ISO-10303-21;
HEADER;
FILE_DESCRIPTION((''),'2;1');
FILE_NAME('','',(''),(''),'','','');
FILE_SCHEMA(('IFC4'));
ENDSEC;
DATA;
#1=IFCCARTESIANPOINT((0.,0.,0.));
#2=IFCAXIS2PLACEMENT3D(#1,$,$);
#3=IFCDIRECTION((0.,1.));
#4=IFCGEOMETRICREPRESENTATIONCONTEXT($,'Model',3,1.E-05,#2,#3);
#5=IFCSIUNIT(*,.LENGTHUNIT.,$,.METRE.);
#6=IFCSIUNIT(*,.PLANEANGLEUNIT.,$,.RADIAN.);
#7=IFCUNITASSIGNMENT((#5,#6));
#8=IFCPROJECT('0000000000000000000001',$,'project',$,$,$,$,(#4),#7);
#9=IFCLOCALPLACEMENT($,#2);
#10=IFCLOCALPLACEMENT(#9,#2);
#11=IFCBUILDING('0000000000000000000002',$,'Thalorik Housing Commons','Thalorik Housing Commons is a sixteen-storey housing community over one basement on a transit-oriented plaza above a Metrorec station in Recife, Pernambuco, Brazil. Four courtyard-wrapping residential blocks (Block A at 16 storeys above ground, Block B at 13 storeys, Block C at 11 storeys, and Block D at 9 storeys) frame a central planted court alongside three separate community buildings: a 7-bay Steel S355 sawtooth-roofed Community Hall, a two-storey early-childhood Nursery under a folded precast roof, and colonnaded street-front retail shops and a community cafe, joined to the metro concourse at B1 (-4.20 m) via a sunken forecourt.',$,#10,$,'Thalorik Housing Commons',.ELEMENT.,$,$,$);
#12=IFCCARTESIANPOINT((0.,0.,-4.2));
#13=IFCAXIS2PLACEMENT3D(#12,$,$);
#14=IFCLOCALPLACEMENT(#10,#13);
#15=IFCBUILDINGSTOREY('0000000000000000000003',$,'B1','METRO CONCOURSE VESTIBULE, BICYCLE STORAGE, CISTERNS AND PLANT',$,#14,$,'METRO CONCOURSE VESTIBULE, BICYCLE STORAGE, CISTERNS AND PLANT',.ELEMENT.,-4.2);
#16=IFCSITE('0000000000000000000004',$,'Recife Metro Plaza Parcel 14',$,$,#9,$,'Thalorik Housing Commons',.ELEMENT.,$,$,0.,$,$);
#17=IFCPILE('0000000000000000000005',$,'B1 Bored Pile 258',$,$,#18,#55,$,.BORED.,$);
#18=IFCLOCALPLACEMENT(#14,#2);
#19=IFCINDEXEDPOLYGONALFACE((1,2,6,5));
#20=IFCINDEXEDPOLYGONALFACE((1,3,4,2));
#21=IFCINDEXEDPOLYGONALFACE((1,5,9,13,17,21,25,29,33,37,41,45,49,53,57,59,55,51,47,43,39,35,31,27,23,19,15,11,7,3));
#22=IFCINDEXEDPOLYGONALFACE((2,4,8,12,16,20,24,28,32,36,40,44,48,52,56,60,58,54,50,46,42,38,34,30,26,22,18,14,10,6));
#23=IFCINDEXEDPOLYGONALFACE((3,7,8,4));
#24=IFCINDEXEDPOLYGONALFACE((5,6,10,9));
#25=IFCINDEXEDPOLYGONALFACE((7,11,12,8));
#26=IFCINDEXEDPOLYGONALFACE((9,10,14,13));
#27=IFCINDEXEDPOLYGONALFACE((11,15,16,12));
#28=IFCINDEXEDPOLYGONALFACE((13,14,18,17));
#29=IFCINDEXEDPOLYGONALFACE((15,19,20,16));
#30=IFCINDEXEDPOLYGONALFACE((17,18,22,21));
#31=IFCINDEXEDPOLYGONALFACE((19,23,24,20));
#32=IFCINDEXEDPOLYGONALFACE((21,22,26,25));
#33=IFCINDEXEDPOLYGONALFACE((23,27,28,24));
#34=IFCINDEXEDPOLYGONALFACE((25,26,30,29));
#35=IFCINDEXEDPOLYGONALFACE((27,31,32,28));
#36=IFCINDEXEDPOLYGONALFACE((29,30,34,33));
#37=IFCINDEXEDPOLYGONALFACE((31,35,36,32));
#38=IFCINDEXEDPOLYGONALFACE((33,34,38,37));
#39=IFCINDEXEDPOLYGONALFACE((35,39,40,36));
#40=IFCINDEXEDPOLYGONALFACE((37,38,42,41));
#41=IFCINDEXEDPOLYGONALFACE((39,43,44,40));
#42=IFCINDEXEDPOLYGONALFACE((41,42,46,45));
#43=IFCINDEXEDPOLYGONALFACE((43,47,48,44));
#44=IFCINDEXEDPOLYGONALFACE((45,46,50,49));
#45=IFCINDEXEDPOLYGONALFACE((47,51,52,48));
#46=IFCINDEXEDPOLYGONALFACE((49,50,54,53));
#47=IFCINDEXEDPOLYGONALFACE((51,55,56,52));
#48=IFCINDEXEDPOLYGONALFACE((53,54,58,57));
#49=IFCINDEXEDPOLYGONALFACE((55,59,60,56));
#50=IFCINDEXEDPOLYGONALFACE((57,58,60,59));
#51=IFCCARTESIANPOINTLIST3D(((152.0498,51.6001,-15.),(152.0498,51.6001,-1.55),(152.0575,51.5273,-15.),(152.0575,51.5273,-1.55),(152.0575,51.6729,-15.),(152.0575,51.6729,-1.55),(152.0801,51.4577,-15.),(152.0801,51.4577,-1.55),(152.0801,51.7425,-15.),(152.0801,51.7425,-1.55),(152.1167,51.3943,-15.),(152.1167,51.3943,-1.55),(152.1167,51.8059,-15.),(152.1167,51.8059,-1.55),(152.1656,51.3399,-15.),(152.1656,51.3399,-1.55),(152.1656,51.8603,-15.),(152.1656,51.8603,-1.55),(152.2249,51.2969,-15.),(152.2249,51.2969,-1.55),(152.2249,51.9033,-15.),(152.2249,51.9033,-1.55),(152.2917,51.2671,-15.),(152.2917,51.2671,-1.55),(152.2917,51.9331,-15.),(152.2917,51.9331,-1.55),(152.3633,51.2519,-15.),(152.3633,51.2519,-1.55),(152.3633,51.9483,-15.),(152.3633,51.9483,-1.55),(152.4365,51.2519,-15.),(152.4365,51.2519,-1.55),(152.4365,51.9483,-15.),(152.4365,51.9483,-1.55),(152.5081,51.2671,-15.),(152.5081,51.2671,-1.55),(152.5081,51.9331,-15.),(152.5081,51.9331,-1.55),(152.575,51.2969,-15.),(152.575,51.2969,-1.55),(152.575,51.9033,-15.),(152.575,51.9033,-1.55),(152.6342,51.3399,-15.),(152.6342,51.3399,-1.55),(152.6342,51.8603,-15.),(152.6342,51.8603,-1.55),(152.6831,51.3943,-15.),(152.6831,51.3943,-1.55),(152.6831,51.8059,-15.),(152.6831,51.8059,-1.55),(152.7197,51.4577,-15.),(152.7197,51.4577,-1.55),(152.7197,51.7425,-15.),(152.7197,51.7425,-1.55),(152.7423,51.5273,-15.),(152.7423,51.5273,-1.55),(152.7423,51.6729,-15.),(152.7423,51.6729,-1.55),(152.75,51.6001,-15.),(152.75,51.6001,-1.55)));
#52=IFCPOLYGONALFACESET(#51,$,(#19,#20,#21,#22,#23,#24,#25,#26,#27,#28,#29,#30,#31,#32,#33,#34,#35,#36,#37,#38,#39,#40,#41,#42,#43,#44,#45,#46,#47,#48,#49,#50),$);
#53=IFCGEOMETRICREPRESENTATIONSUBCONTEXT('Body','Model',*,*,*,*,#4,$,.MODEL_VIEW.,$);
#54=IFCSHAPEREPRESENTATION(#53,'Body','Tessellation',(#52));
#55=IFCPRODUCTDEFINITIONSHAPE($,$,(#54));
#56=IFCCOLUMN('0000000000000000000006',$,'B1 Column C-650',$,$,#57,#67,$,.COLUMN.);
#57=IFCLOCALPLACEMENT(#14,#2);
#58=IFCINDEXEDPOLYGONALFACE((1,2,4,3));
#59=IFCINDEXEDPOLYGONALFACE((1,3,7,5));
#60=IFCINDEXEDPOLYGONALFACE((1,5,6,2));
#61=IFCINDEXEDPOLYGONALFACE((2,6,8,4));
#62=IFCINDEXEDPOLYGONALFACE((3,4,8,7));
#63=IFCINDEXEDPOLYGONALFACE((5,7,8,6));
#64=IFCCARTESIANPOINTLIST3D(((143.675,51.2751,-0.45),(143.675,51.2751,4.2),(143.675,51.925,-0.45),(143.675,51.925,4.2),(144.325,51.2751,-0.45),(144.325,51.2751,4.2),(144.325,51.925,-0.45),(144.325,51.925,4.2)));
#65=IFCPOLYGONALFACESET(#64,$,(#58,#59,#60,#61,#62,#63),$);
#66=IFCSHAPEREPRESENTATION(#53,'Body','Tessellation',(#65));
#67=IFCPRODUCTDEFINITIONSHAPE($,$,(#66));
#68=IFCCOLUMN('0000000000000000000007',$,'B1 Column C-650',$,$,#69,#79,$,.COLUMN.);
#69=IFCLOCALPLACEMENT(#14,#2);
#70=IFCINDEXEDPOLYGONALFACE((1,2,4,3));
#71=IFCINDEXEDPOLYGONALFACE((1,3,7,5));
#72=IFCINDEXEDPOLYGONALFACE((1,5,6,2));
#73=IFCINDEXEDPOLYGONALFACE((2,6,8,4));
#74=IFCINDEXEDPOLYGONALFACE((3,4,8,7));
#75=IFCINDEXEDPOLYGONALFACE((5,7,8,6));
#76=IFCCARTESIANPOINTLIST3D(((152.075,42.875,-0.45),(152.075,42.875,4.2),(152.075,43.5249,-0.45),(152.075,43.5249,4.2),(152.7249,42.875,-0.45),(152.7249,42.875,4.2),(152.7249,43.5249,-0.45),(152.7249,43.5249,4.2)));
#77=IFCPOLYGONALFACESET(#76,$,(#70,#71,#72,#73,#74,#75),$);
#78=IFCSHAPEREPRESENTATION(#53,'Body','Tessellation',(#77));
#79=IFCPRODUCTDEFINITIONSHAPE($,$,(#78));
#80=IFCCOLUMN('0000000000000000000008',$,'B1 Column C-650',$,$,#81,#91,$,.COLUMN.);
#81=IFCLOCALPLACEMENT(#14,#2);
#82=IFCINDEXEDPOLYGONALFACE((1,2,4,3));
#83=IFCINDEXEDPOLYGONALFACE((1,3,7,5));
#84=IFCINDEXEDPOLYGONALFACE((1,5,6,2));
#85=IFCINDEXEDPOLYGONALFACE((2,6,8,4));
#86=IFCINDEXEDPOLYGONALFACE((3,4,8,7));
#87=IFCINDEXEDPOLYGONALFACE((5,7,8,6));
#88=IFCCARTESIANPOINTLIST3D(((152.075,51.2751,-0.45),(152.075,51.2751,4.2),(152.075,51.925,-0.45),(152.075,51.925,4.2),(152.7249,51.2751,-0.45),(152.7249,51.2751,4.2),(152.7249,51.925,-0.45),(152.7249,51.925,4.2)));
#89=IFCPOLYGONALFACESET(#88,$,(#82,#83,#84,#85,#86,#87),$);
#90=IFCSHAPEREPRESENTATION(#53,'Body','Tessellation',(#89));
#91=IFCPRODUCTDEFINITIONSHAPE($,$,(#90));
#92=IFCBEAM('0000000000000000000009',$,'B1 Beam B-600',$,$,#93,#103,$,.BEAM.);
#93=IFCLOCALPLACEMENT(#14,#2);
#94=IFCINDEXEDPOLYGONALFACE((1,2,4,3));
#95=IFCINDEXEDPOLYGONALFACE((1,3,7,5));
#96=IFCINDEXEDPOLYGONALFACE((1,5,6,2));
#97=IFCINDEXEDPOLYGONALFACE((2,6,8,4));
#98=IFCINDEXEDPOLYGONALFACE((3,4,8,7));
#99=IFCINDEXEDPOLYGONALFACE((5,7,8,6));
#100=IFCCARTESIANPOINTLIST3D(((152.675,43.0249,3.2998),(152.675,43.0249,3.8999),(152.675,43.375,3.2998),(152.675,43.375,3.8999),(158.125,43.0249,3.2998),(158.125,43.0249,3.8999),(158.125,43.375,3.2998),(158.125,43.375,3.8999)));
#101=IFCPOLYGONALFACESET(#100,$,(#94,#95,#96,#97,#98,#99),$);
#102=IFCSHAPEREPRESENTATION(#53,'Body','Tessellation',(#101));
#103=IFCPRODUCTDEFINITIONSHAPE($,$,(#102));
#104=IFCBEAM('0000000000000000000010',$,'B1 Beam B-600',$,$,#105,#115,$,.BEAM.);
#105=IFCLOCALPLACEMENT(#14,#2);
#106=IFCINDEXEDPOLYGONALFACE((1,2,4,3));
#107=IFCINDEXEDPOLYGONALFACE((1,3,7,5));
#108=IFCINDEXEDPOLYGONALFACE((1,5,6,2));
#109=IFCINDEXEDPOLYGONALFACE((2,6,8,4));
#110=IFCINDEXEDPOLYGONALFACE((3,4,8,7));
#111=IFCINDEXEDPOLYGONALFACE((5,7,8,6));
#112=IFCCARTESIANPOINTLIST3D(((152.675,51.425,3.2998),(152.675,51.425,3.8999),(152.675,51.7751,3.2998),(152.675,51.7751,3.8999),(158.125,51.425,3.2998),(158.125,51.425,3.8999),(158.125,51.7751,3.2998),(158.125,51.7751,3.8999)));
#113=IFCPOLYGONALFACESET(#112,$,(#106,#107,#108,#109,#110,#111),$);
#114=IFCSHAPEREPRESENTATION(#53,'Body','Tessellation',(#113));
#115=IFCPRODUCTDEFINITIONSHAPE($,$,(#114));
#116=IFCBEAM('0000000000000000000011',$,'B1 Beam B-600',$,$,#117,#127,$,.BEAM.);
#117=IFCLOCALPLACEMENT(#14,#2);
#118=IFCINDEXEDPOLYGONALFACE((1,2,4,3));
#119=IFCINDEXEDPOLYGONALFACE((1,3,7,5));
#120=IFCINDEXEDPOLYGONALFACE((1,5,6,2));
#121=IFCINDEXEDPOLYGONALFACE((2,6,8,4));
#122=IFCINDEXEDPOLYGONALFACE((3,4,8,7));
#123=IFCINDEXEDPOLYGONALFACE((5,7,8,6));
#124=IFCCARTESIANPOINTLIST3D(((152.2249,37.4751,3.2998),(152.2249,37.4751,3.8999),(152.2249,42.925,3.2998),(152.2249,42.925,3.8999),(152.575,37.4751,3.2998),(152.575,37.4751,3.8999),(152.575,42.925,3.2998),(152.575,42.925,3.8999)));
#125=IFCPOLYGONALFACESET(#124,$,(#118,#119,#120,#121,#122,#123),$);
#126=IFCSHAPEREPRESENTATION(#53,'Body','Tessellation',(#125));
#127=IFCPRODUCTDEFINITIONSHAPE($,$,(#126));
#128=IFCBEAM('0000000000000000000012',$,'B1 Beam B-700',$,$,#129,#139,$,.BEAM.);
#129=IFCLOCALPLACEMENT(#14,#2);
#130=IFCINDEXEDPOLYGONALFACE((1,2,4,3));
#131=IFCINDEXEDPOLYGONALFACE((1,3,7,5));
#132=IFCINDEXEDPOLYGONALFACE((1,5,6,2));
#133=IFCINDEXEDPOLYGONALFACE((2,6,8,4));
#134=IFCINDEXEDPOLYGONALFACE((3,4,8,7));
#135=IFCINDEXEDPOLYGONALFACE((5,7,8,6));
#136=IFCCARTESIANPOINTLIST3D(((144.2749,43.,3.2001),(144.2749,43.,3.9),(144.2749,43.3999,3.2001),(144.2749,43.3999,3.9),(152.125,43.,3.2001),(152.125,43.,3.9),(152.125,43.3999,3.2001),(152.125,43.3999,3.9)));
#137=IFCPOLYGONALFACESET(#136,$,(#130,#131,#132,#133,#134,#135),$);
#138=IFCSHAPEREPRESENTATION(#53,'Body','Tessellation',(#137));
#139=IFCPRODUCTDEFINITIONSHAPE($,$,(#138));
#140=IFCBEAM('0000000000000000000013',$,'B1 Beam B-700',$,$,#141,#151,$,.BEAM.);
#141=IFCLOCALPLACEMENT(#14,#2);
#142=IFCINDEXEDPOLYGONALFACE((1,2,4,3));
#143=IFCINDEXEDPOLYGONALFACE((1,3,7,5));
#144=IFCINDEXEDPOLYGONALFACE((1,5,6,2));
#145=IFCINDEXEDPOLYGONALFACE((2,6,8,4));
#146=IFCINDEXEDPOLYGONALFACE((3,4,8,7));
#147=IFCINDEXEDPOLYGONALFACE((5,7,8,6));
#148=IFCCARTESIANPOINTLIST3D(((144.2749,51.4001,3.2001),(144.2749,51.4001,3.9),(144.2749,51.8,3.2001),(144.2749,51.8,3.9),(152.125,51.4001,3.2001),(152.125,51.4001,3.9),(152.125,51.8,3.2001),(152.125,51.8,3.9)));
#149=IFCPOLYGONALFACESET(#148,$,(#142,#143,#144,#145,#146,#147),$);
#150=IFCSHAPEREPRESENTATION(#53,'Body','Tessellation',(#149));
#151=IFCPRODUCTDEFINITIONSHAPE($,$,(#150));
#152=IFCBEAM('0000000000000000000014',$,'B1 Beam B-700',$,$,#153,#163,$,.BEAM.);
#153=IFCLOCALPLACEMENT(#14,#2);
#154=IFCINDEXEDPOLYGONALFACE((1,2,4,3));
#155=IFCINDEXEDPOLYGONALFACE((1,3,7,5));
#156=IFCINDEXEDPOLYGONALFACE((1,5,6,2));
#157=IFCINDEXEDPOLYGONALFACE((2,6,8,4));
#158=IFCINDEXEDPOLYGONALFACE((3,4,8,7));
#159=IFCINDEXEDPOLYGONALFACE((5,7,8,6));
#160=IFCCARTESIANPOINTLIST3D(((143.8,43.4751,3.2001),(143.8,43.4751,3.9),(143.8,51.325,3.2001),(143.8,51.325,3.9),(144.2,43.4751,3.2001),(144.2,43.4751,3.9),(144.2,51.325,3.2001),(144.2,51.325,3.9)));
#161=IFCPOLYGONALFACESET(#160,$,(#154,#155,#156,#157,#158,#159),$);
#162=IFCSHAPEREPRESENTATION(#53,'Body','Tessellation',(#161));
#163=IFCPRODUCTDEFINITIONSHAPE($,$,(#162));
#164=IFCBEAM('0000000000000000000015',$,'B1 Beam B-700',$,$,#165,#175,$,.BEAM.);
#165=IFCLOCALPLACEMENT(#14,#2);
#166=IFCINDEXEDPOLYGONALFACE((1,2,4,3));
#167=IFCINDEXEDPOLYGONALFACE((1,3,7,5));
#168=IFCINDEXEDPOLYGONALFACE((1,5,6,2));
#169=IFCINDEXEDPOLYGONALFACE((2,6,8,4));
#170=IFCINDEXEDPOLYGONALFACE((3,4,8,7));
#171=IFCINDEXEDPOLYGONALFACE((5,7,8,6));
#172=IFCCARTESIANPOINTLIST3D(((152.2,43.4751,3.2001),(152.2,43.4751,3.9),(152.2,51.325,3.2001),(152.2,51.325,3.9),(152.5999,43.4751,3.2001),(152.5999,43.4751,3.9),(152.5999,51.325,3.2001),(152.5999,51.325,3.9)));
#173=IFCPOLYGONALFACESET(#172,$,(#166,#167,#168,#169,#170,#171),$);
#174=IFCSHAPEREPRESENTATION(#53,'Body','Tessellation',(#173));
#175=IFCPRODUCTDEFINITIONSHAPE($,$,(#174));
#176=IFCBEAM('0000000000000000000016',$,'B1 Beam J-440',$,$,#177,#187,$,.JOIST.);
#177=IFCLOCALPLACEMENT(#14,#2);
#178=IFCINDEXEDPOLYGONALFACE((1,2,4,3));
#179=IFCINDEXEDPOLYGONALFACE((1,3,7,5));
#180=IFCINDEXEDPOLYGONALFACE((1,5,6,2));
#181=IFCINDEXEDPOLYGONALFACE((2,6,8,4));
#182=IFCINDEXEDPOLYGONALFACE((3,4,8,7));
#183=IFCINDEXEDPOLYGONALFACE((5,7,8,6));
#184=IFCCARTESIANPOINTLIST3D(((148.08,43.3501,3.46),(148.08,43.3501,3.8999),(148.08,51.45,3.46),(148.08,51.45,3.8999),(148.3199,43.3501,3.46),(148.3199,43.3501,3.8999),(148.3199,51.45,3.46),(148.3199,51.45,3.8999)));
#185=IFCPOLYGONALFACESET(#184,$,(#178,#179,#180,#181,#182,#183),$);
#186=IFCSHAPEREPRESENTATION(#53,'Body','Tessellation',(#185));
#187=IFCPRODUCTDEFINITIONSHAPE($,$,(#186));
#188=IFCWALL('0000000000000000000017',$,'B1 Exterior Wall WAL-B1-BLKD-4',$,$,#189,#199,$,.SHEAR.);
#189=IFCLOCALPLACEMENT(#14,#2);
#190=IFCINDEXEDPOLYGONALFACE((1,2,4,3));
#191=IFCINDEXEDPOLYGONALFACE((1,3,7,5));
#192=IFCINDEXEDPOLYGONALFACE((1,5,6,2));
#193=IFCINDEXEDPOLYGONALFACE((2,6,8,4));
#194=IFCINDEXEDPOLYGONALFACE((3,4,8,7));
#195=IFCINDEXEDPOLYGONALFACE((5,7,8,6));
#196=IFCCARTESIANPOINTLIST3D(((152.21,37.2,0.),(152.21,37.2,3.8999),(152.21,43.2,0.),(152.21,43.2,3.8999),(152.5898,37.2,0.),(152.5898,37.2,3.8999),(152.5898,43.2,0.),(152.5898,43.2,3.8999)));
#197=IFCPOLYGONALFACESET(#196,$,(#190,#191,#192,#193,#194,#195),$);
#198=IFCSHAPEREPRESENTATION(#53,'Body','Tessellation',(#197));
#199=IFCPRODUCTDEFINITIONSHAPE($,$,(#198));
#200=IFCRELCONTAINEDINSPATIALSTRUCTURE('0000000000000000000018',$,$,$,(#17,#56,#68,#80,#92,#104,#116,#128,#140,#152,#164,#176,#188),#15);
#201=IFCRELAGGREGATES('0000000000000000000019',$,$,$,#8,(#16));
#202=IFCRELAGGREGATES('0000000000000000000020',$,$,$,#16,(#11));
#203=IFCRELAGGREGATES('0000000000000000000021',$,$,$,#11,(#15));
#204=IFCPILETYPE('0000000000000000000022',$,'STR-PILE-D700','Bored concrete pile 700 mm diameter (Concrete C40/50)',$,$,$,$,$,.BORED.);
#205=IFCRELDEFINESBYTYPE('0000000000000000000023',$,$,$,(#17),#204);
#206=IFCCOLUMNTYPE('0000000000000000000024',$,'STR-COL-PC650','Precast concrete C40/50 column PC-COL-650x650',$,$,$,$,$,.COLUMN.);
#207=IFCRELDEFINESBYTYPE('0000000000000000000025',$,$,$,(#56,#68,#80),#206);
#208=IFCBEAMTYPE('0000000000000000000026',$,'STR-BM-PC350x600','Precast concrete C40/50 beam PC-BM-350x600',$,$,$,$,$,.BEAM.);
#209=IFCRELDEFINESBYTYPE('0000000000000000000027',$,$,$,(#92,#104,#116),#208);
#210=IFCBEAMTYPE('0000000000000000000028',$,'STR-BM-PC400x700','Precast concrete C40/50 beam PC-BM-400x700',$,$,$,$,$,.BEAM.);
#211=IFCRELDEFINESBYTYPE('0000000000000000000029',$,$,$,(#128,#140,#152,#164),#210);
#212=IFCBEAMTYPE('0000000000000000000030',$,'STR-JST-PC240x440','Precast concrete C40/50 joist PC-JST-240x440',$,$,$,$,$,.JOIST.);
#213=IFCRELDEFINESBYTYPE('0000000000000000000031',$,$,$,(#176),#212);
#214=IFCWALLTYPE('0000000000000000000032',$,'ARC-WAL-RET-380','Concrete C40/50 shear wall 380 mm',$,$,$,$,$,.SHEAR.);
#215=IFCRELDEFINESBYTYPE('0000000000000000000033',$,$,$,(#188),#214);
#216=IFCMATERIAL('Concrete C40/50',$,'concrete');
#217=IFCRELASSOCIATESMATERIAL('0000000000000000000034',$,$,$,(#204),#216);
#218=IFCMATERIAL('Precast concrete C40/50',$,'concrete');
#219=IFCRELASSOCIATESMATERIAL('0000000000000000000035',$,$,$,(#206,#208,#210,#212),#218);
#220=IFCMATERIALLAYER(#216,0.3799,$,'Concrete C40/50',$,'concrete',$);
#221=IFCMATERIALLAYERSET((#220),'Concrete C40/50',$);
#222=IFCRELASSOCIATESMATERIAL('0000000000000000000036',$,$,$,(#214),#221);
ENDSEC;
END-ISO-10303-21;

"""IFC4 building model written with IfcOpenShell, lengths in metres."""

from ifc_helpers import new_model, si_unit, direction, frame, frame_2d, origin, origin_2d, place, context, subcontext, project, spatial, rectangle, circle, extrude, material, layer, layer_set, material_profile, profile_set, type_object, element, save


model = new_model("IFC4")

# Units and contexts
model_context = context("Model", 3, precision=1e-05, world=origin(), true_north=direction((0.0, 1.0)))
body_context = subcontext(model_context, "Body", "Model", "MODEL_VIEW")
ifc_project = project(units=[si_unit("LENGTHUNIT", "METRE"), si_unit("PLANEANGLEUNIT", "RADIAN")], contexts=[model_context])

# Site, building, storey
site_placement = place(None, origin())
site = spatial("IfcSite", under=ifc_project, at=site_placement, Name="Recife Metro Plaza Parcel 14", LongName="Thalorik Housing Commons", CompositionType="ELEMENT", RefElevation=0.0)
building_placement = place(site_placement, origin())
building = spatial("IfcBuilding", under=site, at=building_placement, Name="Thalorik Housing Commons", Description="Thalorik Housing Commons is a sixteen-storey housing community over one basement on a transit-oriented plaza above a Metrorec station in Recife, Pernambuco, Brazil. Four courtyard-wrapping residential blocks (Block A at 16 storeys above ground, Block B at 13 storeys, Block C at 11 storeys, and Block D at 9 storeys) frame a central planted court alongside three separate community buildings: a 7-bay Steel S355 sawtooth-roofed Community Hall, a two-storey early-childhood Nursery under a folded precast roof, and colonnaded street-front retail shops and a community cafe, joined to the metro concourse at B1 (-4.20 m) via a sunken forecourt.", LongName="Thalorik Housing Commons", CompositionType="ELEMENT")
storey_placement = place(building_placement, frame((0.0, 0.0, -4.2)))
storey = spatial("IfcBuildingStorey", under=building, at=storey_placement, Name="B1", Description="METRO CONCOURSE VESTIBULE, BICYCLE STORAGE, CISTERNS AND PLANT", LongName="METRO CONCOURSE VESTIBULE, BICYCLE STORAGE, CISTERNS AND PLANT", CompositionType="ELEMENT", Elevation=-4.2)

# Shared definitions
ifc_material_1 = material(Name="Concrete C40/50", Category="concrete")

# Pile
ifc_material_profile_1 = material_profile(ifc_material_1, circle(Radius=0.3501, at=origin_2d()), Name="BORED PILE D700", Category="concrete")
ifc_profile_set_1 = profile_set([ifc_material_profile_1], Name="Concrete C40/50")
pile_type = type_object("IfcPileType", Name="STR-PILE-D700", Description="Bored concrete pile 700 mm diameter (Concrete C40/50)", PredefinedType="BORED", material=ifc_profile_set_1)
for number, where, z_axis, x_axis, name in (
    (1, (152.3999, 51.6001, -1.55), (0.0, 0.0, -1.0), (1.0, 0.0, 0.0), "B1 Bored Pile 258"),
):
    element("IfcPile", number, at=place(storey_placement, frame(where, z_axis=z_axis, x_axis=x_axis)), inside=storey, type_object=pile_type, Name=name, PredefinedType="BORED", context=body_context, shape_type="SweptSolid", body=[
        extrude(circle(Radius=0.3501, at=origin_2d()), origin(), (0.0, 0.0, 1.0), 13.45),
    ])

# Columns
ifc_material_2 = material(Name="Precast concrete C40/50", Category="concrete")
ifc_material_profile_2 = material_profile(ifc_material_2, rectangle(XDim=0.6499, YDim=0.6499, at=origin_2d()), Name="PC 650x650", Category="concrete")
ifc_profile_set_2 = profile_set([ifc_material_profile_2], Name="Precast concrete C40/50")
column_type = type_object("IfcColumnType", Name="STR-COL-PC650", Description="Precast concrete C40/50 column PC-COL-650x650", PredefinedType="COLUMN", material=ifc_profile_set_2)
for number, where, z_axis, x_axis, name in (
    (2, (144.0, 51.6001, -0.45), (0.0, 0.0, 1.0), (1.0, 0.0, 0.0), "B1 Column C-650"),
    (3, (152.3999, 43.2, -0.45), (0.0, 0.0, 1.0), (1.0, 0.0, 0.0), "B1 Column C-650"),
    (4, (152.3999, 51.6001, -0.45), (0.0, 0.0, 1.0), (1.0, 0.0, 0.0), "B1 Column C-650"),
):
    element("IfcColumn", number, at=place(storey_placement, frame(where, z_axis=z_axis, x_axis=x_axis)), inside=storey, type_object=column_type, Name=name, PredefinedType="COLUMN", context=body_context, shape_type="SweptSolid", body=[
        extrude(rectangle(XDim=0.6499, YDim=0.6499, at=origin_2d()), origin(), (0.0, 0.0, 1.0), 4.6499),
    ])

# Beams
ifc_material_profile_3 = material_profile(ifc_material_2, rectangle(XDim=0.3501, YDim=0.6001, at=origin_2d()), Name="PC 350x600", Category="concrete")
ifc_profile_set_3 = profile_set([ifc_material_profile_3], Name="Precast concrete C40/50")
beam_type_1 = type_object("IfcBeamType", Name="STR-BM-PC350x600", Description="Precast concrete C40/50 beam PC-BM-350x600", PredefinedType="BEAM", material=ifc_profile_set_3)
for number, where, z_axis, x_axis, name in (
    (5, (152.675, 43.2, 3.5999), (1.0, 0.0, 0.0), (0.0, 1.0, 0.0), "B1 Beam B-600"),
    (6, (152.675, 51.6001, 3.5999), (1.0, 0.0, 0.0), (0.0, 1.0, 0.0), "B1 Beam B-600"),
    (7, (152.3999, 37.4751, 3.5999), (0.0, 1.0, 0.0), (-1.0, 0.0, 0.0), "B1 Beam B-600"),
):
    element("IfcBeam", number, at=place(storey_placement, frame(where, z_axis=z_axis, x_axis=x_axis)), inside=storey, type_object=beam_type_1, Name=name, PredefinedType="BEAM", context=body_context, shape_type="SweptSolid", body=[
        extrude(rectangle(XDim=0.3501, YDim=0.6001, at=origin_2d()), origin(), (0.0, 0.0, 1.0), 5.45),
    ])
ifc_material_profile_4 = material_profile(ifc_material_2, rectangle(XDim=0.3999, YDim=0.7, at=origin_2d()), Name="PC 400x700", Category="concrete")
ifc_profile_set_4 = profile_set([ifc_material_profile_4], Name="Precast concrete C40/50")
beam_type_2 = type_object("IfcBeamType", Name="STR-BM-PC400x700", Description="Precast concrete C40/50 beam PC-BM-400x700", PredefinedType="BEAM", material=ifc_profile_set_4)
for number, where, z_axis, x_axis, name in (
    (8, (144.2749, 43.2, 3.55), (1.0, 0.0, 0.0), (0.0, 1.0, 0.0), "B1 Beam B-700"),
    (9, (144.2749, 51.6001, 3.55), (1.0, 0.0, 0.0), (0.0, 1.0, 0.0), "B1 Beam B-700"),
):
    element("IfcBeam", number, at=place(storey_placement, frame(where, z_axis=z_axis, x_axis=x_axis)), inside=storey, type_object=beam_type_2, Name=name, PredefinedType="BEAM", context=body_context, shape_type="SweptSolid", body=[
        extrude(rectangle(XDim=0.3999, YDim=0.7, at=origin_2d()), origin(), (0.0, 0.0, 1.0), 7.8501),
    ])
for number, where, z_axis, x_axis, name in (
    (10, (144.0, 43.4751, 3.55), (0.0, 1.0, 0.0), (-1.0, 0.0, 0.0), "B1 Beam B-700"),
    (11, (152.3999, 43.4751, 3.55), (0.0, 1.0, 0.0), (-1.0, 0.0, 0.0), "B1 Beam B-700"),
):
    element("IfcBeam", number, at=place(storey_placement, frame(where, z_axis=z_axis, x_axis=x_axis)), inside=storey, type_object=beam_type_2, Name=name, PredefinedType="BEAM", context=body_context, shape_type="SweptSolid", body=[
        extrude(rectangle(XDim=0.3999, YDim=0.7, at=origin_2d()), origin(), (0.0, 0.0, 1.0), 7.8499),
    ])
ifc_material_profile_5 = material_profile(ifc_material_2, rectangle(XDim=0.24, YDim=0.4399, at=origin_2d()), Name="PC JST 240x440", Category="concrete")
ifc_profile_set_5 = profile_set([ifc_material_profile_5], Name="Precast concrete C40/50")
beam_type_3 = type_object("IfcBeamType", Name="STR-JST-PC240x440", Description="Precast concrete C40/50 joist PC-JST-240x440", PredefinedType="JOIST", material=ifc_profile_set_5)
beam_placement = place(storey_placement, frame((148.2, 43.3501, 3.6799), z_axis=(0.0, 1.0, 0.0), x_axis=(-1.0, 0.0, 0.0)))
element("IfcBeam", 12, at=beam_placement, inside=storey, type_object=beam_type_3, Name="B1 Beam J-440", PredefinedType="JOIST", context=body_context, shape_type="SweptSolid", body=[
    extrude(rectangle(XDim=0.24, YDim=0.4399, at=origin_2d()), origin(), (0.0, 0.0, 1.0), 8.0999),
])

# Wall
ifc_layer = layer(ifc_material_1, 0.3799, Name="Concrete C40/50", Category="concrete")
ifc_layer_set = layer_set([ifc_layer], Name="Concrete C40/50")
wall_type = type_object("IfcWallType", Name="ARC-WAL-RET-380", Description="Concrete C40/50 shear wall 380 mm", PredefinedType="SHEAR", material=ifc_layer_set)
wall_placement = place(storey_placement, frame((152.3999, 43.2, 0.0), z_axis=(0.0, 0.0, 1.0), x_axis=(0.0, -1.0, 0.0)))
element("IfcWall", 13, at=wall_placement, inside=storey, type_object=wall_type, Name="B1 Exterior Wall WAL-B1-BLKD-4", PredefinedType="SHEAR", context=body_context, shape_type="SweptSolid", body=[
    extrude(rectangle(XDim=6.0, YDim=0.3799, at=frame_2d((3.0, 0.0))), origin(), (0.0, 0.0, 1.0), 3.8999),
])

save(model, "model.ifc")
